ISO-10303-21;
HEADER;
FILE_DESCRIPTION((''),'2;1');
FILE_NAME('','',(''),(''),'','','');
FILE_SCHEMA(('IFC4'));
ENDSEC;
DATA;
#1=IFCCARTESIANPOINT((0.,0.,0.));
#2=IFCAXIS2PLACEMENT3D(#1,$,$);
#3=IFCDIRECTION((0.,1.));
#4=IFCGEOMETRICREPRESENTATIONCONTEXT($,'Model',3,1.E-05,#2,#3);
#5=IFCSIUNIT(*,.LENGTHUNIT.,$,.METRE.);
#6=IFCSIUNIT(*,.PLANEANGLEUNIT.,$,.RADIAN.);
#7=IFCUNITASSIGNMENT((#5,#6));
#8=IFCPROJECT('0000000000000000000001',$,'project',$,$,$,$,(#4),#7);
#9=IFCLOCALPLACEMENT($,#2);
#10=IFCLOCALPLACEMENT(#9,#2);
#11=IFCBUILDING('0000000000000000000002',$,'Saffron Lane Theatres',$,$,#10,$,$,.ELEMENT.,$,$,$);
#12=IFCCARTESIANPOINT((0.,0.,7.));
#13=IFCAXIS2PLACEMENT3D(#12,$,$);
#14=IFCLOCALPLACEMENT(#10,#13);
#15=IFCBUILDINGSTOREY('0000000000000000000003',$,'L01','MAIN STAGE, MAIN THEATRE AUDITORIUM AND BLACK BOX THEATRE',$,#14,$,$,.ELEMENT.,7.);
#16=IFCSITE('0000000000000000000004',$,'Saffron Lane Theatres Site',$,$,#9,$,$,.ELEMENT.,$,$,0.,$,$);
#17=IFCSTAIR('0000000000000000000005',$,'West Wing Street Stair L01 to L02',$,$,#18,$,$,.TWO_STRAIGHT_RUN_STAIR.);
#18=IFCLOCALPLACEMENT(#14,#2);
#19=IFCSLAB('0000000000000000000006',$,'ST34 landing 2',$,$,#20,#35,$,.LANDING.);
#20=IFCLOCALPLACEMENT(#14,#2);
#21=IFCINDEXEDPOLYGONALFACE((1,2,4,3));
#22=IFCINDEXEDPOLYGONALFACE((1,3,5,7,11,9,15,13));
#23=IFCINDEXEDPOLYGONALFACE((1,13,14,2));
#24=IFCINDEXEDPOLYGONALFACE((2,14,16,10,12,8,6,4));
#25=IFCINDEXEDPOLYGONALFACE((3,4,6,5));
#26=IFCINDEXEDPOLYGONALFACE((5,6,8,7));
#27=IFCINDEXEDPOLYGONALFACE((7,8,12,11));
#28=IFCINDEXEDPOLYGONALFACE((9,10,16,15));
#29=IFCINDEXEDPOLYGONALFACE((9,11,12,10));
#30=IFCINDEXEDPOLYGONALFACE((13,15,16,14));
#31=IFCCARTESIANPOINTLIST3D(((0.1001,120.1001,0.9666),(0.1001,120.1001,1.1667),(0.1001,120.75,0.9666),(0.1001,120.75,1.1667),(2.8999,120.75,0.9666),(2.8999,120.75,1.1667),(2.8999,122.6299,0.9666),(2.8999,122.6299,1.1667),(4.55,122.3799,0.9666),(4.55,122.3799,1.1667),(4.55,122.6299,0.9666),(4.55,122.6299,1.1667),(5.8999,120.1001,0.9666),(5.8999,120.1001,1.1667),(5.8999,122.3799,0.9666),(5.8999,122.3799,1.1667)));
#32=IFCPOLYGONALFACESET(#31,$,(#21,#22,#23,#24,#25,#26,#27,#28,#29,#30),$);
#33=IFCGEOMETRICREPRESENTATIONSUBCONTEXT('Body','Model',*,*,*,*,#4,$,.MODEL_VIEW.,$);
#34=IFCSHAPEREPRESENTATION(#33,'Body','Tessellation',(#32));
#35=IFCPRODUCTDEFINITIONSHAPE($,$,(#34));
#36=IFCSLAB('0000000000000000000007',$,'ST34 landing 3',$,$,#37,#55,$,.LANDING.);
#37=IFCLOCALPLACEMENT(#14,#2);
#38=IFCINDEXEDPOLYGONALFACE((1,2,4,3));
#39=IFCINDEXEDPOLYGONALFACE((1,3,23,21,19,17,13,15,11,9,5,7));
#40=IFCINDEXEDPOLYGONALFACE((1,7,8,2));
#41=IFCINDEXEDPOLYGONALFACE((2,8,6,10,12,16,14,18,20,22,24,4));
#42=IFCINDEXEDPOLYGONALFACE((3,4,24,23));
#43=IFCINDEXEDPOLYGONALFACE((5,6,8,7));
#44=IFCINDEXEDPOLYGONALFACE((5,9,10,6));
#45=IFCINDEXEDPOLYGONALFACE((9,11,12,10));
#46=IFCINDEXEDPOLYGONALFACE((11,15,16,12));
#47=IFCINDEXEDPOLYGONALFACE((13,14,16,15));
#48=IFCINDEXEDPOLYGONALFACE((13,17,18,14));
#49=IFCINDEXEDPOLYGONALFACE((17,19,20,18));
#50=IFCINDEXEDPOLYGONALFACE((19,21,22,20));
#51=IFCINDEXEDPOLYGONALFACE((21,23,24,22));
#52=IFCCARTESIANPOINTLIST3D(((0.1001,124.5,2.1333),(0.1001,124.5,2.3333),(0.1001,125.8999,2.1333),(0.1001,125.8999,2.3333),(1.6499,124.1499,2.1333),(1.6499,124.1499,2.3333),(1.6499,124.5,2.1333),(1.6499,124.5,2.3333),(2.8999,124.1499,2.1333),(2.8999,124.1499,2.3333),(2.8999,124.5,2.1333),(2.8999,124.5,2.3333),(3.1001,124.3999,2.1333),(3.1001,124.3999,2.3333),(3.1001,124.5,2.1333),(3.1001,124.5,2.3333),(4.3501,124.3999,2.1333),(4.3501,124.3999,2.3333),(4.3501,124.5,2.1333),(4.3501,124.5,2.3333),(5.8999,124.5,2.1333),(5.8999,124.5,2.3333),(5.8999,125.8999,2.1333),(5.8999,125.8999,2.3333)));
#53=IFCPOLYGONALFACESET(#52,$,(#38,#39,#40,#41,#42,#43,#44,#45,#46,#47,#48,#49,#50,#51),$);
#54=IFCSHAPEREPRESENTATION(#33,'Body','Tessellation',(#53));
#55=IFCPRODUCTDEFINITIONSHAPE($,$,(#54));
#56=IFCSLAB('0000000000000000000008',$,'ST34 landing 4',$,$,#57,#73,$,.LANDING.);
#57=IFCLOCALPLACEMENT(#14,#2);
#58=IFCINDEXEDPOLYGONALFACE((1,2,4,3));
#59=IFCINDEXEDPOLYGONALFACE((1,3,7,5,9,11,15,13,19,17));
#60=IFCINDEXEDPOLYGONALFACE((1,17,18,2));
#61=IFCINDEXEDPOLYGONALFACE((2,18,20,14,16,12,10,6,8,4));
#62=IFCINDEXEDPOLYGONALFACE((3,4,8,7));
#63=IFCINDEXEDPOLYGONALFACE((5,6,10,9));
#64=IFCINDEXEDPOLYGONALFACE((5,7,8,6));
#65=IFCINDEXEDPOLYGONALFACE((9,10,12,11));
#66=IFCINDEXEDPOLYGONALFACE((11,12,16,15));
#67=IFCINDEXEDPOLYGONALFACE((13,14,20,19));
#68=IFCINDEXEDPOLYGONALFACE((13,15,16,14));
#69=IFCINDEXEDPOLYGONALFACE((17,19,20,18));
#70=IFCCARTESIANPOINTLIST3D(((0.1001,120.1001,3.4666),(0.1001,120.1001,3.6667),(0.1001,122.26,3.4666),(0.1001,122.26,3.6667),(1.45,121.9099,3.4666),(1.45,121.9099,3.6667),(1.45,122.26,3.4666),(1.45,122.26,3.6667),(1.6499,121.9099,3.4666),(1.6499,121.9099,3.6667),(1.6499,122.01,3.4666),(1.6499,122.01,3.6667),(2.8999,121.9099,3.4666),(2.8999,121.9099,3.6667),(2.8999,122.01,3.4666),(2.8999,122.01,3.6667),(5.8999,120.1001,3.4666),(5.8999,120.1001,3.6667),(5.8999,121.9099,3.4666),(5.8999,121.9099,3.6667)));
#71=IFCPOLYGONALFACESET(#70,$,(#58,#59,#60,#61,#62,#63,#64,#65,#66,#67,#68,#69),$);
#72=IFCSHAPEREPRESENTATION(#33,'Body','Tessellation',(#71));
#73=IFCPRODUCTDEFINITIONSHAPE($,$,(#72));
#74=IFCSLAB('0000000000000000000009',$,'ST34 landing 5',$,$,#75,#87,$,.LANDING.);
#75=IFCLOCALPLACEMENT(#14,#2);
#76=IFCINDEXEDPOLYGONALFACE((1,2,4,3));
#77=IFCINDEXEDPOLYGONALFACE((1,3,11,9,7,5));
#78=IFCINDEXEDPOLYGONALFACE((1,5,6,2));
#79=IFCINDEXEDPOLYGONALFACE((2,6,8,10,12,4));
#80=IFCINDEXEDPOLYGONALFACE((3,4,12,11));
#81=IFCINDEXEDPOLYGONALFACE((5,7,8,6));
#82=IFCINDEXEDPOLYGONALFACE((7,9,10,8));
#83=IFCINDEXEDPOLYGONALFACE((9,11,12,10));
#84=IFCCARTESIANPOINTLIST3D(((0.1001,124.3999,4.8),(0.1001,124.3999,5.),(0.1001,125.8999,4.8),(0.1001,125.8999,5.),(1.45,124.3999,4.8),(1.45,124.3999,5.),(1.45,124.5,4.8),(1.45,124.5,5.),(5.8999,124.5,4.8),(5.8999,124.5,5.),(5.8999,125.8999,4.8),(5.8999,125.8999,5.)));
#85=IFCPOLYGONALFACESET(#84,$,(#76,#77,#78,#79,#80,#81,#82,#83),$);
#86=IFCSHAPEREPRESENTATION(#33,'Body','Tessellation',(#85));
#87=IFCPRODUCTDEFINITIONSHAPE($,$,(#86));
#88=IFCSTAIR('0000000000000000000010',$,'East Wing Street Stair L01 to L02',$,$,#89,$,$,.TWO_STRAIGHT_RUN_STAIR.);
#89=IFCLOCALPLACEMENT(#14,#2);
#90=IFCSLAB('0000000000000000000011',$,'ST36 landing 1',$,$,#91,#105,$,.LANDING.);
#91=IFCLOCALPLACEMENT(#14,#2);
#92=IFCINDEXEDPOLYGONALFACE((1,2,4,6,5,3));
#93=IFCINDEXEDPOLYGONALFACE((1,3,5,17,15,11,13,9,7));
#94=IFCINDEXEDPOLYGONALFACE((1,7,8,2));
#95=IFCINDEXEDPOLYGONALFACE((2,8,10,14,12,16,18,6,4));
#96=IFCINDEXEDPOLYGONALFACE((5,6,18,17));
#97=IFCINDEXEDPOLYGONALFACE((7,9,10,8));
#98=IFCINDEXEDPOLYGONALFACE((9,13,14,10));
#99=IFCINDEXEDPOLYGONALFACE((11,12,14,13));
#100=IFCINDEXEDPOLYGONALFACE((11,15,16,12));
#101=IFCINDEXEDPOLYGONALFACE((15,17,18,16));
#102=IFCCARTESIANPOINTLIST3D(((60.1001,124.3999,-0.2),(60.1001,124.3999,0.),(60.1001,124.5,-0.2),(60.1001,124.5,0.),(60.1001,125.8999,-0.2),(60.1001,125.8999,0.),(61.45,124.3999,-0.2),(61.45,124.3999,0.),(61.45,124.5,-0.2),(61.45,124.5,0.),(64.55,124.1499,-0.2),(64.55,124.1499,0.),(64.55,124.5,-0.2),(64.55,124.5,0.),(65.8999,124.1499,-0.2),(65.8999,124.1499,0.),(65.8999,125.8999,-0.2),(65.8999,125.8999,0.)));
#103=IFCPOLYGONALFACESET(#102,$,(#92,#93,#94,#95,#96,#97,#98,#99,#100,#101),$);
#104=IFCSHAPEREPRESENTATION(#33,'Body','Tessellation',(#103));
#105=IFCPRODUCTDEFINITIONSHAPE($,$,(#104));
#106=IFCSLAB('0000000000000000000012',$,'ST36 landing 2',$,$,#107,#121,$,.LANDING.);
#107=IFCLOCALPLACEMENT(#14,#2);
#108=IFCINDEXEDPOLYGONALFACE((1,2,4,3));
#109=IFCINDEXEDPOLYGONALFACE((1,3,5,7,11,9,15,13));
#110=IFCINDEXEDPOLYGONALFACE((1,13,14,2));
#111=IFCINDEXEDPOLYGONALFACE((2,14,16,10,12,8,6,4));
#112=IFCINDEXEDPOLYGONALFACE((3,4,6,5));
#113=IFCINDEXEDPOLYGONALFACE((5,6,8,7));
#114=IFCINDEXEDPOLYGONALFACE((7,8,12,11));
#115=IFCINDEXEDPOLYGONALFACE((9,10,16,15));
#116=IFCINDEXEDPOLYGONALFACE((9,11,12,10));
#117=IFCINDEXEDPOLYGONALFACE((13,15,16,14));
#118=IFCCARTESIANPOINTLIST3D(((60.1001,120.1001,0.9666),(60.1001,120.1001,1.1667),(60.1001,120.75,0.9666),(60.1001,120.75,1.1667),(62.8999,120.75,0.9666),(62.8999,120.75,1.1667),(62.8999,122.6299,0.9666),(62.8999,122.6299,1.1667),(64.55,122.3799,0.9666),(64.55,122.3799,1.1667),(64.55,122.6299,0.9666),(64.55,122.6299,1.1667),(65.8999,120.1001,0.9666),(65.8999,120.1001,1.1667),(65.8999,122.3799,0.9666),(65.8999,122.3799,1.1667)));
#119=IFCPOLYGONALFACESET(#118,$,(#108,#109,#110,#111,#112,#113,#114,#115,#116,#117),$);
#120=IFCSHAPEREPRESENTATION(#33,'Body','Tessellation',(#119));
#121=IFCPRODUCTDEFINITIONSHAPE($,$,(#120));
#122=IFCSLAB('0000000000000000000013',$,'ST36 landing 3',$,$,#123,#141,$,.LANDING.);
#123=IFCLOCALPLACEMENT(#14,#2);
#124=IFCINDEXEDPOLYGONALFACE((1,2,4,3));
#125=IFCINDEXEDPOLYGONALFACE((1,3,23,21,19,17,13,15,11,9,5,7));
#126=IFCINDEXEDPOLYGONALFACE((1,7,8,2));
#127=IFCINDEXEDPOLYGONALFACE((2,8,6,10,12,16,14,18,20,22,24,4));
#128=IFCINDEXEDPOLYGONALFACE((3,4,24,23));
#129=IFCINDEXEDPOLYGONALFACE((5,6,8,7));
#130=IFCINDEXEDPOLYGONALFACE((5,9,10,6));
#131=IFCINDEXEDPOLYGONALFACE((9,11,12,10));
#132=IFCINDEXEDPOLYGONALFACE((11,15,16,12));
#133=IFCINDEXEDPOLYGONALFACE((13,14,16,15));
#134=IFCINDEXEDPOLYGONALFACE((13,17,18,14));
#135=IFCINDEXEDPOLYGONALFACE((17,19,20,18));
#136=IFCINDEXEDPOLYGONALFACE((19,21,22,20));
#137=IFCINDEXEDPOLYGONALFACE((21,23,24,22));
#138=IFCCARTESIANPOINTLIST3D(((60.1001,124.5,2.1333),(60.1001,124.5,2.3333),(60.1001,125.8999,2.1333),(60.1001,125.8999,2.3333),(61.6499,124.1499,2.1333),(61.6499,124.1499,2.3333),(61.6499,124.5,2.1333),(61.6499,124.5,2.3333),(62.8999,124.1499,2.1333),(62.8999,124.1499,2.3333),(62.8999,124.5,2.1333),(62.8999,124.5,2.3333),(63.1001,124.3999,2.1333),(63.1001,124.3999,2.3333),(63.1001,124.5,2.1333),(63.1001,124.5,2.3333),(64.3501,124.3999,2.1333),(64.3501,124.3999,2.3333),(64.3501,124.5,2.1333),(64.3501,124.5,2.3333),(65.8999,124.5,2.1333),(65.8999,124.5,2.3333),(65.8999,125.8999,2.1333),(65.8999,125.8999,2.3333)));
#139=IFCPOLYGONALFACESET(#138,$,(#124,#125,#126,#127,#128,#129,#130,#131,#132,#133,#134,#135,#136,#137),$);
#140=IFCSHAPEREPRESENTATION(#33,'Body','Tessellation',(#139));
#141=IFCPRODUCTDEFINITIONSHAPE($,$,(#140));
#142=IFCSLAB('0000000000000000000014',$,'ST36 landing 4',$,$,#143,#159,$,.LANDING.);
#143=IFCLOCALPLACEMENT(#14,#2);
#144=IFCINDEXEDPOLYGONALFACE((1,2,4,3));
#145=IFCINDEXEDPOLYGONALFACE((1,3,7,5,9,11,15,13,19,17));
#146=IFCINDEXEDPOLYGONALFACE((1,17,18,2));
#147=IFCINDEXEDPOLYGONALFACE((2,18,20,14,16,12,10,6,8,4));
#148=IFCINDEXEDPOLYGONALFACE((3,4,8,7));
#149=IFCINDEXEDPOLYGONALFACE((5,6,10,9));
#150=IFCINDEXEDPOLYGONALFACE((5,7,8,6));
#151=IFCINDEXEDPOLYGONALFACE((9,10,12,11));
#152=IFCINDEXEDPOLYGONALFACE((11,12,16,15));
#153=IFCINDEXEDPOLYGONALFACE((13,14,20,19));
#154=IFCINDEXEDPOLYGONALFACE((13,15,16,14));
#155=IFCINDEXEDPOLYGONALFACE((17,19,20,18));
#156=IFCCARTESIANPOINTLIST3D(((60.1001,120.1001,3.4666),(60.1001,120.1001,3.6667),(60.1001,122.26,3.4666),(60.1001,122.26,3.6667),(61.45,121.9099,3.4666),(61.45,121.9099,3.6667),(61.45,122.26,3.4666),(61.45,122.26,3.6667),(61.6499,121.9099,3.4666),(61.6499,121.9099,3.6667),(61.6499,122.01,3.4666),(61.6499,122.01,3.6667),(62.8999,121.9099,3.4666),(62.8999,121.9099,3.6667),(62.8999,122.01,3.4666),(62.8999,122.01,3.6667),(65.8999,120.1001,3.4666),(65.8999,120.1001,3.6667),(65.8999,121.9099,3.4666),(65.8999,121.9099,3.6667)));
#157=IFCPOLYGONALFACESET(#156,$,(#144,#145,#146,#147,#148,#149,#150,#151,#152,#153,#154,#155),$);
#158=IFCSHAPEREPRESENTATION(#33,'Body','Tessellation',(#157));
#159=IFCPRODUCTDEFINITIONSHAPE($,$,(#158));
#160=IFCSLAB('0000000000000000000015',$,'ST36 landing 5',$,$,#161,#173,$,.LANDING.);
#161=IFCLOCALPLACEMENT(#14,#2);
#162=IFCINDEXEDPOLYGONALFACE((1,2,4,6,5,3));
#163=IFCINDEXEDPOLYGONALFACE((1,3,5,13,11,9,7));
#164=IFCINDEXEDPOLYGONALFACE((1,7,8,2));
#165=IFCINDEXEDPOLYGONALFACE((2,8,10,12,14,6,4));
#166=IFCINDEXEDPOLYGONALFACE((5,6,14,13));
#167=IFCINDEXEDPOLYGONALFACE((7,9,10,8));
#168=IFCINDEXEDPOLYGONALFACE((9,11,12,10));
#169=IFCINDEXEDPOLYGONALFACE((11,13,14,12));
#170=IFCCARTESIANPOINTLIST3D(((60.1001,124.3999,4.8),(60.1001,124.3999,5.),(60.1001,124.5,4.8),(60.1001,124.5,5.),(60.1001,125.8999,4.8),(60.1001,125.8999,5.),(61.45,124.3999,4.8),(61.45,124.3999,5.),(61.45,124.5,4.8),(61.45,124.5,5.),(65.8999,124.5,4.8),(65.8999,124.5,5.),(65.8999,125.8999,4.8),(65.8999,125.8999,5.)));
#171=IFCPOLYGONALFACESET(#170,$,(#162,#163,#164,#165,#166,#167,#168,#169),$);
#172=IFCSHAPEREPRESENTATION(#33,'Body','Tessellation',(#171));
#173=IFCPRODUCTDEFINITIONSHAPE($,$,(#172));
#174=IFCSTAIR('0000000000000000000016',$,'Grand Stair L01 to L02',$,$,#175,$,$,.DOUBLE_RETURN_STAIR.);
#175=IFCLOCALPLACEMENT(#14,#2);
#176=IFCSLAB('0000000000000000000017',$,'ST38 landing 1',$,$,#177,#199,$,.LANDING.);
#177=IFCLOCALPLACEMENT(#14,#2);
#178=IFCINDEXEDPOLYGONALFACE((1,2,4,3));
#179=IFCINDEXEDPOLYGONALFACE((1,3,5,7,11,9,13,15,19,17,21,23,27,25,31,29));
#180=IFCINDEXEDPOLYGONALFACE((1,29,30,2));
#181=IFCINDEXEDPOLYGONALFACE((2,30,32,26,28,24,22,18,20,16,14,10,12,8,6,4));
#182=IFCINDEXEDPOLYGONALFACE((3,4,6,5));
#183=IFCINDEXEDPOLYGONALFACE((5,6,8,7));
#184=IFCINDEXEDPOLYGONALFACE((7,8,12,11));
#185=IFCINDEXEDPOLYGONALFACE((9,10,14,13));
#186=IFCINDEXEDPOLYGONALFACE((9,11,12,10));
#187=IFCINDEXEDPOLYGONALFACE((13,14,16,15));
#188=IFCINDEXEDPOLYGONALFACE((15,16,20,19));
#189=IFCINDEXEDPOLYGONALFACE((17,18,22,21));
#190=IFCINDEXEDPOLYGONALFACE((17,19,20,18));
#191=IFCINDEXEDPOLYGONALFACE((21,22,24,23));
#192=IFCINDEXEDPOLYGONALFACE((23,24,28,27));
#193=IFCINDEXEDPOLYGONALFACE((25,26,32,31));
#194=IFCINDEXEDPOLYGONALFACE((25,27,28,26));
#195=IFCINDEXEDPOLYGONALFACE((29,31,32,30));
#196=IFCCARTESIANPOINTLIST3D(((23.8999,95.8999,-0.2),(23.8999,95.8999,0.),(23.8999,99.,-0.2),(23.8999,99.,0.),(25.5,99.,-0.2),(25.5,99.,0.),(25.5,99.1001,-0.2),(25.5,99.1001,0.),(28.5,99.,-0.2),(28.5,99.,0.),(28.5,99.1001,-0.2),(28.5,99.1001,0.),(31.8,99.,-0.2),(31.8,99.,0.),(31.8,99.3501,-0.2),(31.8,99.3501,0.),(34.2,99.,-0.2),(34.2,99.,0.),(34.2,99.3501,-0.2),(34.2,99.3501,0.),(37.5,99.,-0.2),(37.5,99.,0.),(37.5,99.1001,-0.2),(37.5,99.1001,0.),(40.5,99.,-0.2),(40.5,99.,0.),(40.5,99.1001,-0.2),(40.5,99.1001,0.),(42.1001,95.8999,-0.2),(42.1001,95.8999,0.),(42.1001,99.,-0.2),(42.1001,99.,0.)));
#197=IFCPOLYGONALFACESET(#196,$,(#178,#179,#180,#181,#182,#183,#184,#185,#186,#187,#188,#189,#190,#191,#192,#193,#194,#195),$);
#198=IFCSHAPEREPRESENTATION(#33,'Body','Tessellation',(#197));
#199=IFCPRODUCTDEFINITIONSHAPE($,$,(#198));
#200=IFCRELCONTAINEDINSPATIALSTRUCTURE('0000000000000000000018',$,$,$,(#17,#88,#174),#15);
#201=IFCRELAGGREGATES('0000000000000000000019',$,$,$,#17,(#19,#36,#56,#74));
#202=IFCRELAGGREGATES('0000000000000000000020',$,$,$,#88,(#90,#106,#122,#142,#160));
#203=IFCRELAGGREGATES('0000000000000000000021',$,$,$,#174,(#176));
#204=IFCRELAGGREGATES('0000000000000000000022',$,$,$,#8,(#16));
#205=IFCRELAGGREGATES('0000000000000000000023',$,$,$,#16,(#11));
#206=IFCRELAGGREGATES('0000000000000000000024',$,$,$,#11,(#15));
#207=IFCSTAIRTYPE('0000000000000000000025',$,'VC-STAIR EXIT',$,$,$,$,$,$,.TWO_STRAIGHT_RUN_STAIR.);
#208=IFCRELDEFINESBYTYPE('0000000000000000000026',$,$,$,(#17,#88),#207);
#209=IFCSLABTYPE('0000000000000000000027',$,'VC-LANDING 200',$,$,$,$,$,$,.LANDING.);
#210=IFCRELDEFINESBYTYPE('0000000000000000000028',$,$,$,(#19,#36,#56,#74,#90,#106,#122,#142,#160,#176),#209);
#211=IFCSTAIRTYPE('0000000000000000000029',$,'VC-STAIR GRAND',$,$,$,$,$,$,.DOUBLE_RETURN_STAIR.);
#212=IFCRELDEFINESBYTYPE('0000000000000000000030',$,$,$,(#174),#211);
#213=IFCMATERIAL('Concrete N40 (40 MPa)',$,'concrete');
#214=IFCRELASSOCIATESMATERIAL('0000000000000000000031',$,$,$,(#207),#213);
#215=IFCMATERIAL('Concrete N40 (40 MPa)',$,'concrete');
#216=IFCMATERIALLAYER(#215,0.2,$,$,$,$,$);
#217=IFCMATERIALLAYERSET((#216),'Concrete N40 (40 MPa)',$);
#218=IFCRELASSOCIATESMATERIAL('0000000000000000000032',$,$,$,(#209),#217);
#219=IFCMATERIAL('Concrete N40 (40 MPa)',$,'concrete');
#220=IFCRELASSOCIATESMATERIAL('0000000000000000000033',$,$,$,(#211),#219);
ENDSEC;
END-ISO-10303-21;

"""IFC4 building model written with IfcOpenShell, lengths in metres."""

from ifc_helpers import new_model, si_unit, direction, frame, origin, place, context, subcontext, project, spatial, polyline, outline, extrude, material, layer, layer_set, type_object, element, aggregate, save


model = new_model("IFC4")

# Units and contexts
model_context = context("Model", 3, precision=1e-05, world=origin(), true_north=direction((0.0, 1.0)))
body_context = subcontext(model_context, "Body", "Model", "MODEL_VIEW")
ifc_project = project(units=[si_unit("LENGTHUNIT", "METRE"), si_unit("PLANEANGLEUNIT", "RADIAN")], contexts=[model_context])

# Site, building, storey
site_placement = place(None, origin())
site = spatial("IfcSite", under=ifc_project, at=site_placement, Name="Saffron Lane Theatres Site", CompositionType="ELEMENT", RefElevation=0.0)
building_placement = place(site_placement, origin())
building = spatial("IfcBuilding", under=site, at=building_placement, Name="Saffron Lane Theatres", CompositionType="ELEMENT")
storey_placement = place(building_placement, frame((0.0, 0.0, 7.0)))
storey = spatial("IfcBuildingStorey", under=building, at=storey_placement, Name="L01", Description="MAIN STAGE, MAIN THEATRE AUDITORIUM AND BLACK BOX THEATRE", CompositionType="ELEMENT", Elevation=7.0)

# Stairs, slabs
ifc_material_1 = material(Name="Concrete N40 (40 MPa)", Category="concrete")
stair_type_1 = type_object("IfcStairType", Name="VC-STAIR EXIT", PredefinedType="TWO_STRAIGHT_RUN_STAIR", material=ifc_material_1)
ifc_material_2 = material(Name="Concrete N40 (40 MPa)", Category="concrete")
ifc_layer = layer(ifc_material_2, 0.2)
ifc_layer_set = layer_set([ifc_layer], Name="Concrete N40 (40 MPa)")
slab_type = type_object("IfcSlabType", Name="VC-LANDING 200", PredefinedType="LANDING", material=ifc_layer_set)
stair_1_placement = place(storey_placement, origin())
stair_1 = element("IfcStair", 1, at=stair_1_placement, inside=storey, type_object=stair_type_1, Name="West Wing Street Stair L01 to L02", PredefinedType="TWO_STRAIGHT_RUN_STAIR")
slab_1_placement = place(storey_placement, frame((0.0, 0.0, 0.9666)))
slab_1 = element("IfcSlab", 2, at=slab_1_placement, type_object=slab_type, Name="ST34 landing 2", PredefinedType="LANDING", context=body_context, shape_type="SweptSolid", body=[
    extrude(outline(polyline([(2.8999, 122.6299), (4.55, 122.6299), (4.55, 122.3799), (5.8999, 122.3799), (5.8999, 120.1001), (0.1001, 120.1001), (0.1001, 120.75), (2.8999, 120.75), (2.8999, 122.6299)])), origin(), (0.0, 0.0, 1.0), 0.2002),
])
slab_2_placement = place(storey_placement, frame((0.0, 0.0, 2.1333)))
slab_2 = element("IfcSlab", 3, at=slab_2_placement, type_object=slab_type, Name="ST34 landing 3", PredefinedType="LANDING", context=body_context, shape_type="SweptSolid", body=[
    extrude(outline(polyline([(0.1001, 124.5), (0.1001, 125.8999), (5.8999, 125.8999), (5.8999, 124.5), (4.3501, 124.5), (4.3501, 124.3999), (3.1001, 124.3999), (3.1001, 124.5), (2.8999, 124.5), (2.8999, 124.1499), (1.6499, 124.1499), (1.6499, 124.5), (0.1001, 124.5)])), origin(), (0.0, 0.0, 1.0), 0.2),
])
slab_3_placement = place(storey_placement, frame((0.0, 0.0, 3.4666)))
slab_3 = element("IfcSlab", 4, at=slab_3_placement, type_object=slab_type, Name="ST34 landing 4", PredefinedType="LANDING", context=body_context, shape_type="SweptSolid", body=[
    extrude(outline(polyline([(1.45, 121.9099), (1.6499, 121.9099), (1.6499, 122.01), (2.8999, 122.01), (2.8999, 121.9099), (5.8999, 121.9099), (5.8999, 120.1001), (0.1001, 120.1001), (0.1001, 122.26), (1.45, 122.26), (1.45, 121.9099)])), origin(), (0.0, 0.0, 1.0), 0.2002),
])
slab_4_placement = place(storey_placement, frame((0.0, 0.0, 4.8)))
slab_4 = element("IfcSlab", 5, at=slab_4_placement, type_object=slab_type, Name="ST34 landing 5", PredefinedType="LANDING", context=body_context, shape_type="SweptSolid", body=[
    extrude(outline(polyline([(0.1001, 125.8999), (5.8999, 125.8999), (5.8999, 124.5), (1.45, 124.5), (1.45, 124.3999), (0.1001, 124.3999), (0.1001, 125.8999)])), origin(), (0.0, 0.0, 1.0), 0.2),
])
aggregate(stair_1, [slab_1, slab_2, slab_3, slab_4])
stair_2_placement = place(storey_placement, origin())
stair_2 = element("IfcStair", 6, at=stair_2_placement, inside=storey, type_object=stair_type_1, Name="East Wing Street Stair L01 to L02", PredefinedType="TWO_STRAIGHT_RUN_STAIR")
slab_5_placement = place(storey_placement, frame((0.0, 0.0, -0.2)))
slab_5 = element("IfcSlab", 7, at=slab_5_placement, type_object=slab_type, Name="ST36 landing 1", PredefinedType="LANDING", context=body_context, shape_type="SweptSolid", body=[
    extrude(outline(polyline([(60.1001, 125.8999), (65.8999, 125.8999), (65.8999, 124.1499), (64.55, 124.1499), (64.55, 124.5), (61.45, 124.5), (61.45, 124.3999), (60.1001, 124.3999), (60.1001, 124.5), (60.1001, 124.5), (60.1001, 125.8999)])), origin(), (0.0, 0.0, 1.0), 0.2),
])
slab_6_placement = place(storey_placement, frame((0.0, 0.0, 0.9666)))
slab_6 = element("IfcSlab", 8, at=slab_6_placement, type_object=slab_type, Name="ST36 landing 2", PredefinedType="LANDING", context=body_context, shape_type="SweptSolid", body=[
    extrude(outline(polyline([(62.8999, 122.6299), (64.55, 122.6299), (64.55, 122.3799), (65.8999, 122.3799), (65.8999, 120.1001), (60.1001, 120.1001), (60.1001, 120.75), (62.8999, 120.75), (62.8999, 122.6299)])), origin(), (0.0, 0.0, 1.0), 0.2002),
])
slab_7_placement = place(storey_placement, frame((0.0, 0.0, 2.1333)))
slab_7 = element("IfcSlab", 9, at=slab_7_placement, type_object=slab_type, Name="ST36 landing 3", PredefinedType="LANDING", context=body_context, shape_type="SweptSolid", body=[
    extrude(outline(polyline([(60.1001, 124.5), (60.1001, 125.8999), (65.8999, 125.8999), (65.8999, 124.5), (64.3501, 124.5), (64.3501, 124.3999), (63.1001, 124.3999), (63.1001, 124.5), (62.8999, 124.5), (62.8999, 124.1499), (61.6499, 124.1499), (61.6499, 124.5), (60.1001, 124.5)])), origin(), (0.0, 0.0, 1.0), 0.2),
])
slab_8_placement = place(storey_placement, frame((0.0, 0.0, 3.4666)))
slab_8 = element("IfcSlab", 10, at=slab_8_placement, type_object=slab_type, Name="ST36 landing 4", PredefinedType="LANDING", context=body_context, shape_type="SweptSolid", body=[
    extrude(outline(polyline([(61.45, 121.9099), (61.6499, 121.9099), (61.6499, 122.01), (62.8999, 122.01), (62.8999, 121.9099), (65.8999, 121.9099), (65.8999, 120.1001), (60.1001, 120.1001), (60.1001, 122.26), (61.45, 122.26), (61.45, 121.9099)])), origin(), (0.0, 0.0, 1.0), 0.2002),
])
slab_9_placement = place(storey_placement, frame((0.0, 0.0, 4.8)))
slab_9 = element("IfcSlab", 11, at=slab_9_placement, type_object=slab_type, Name="ST36 landing 5", PredefinedType="LANDING", context=body_context, shape_type="SweptSolid", body=[
    extrude(outline(polyline([(60.1001, 125.8999), (65.8999, 125.8999), (65.8999, 124.5), (61.45, 124.5), (61.45, 124.3999), (60.1001, 124.3999), (60.1001, 124.5), (60.1001, 124.5), (60.1001, 125.8999)])), origin(), (0.0, 0.0, 1.0), 0.2),
])
aggregate(stair_2, [slab_5, slab_6, slab_7, slab_8, slab_9])
ifc_material_3 = material(Name="Concrete N40 (40 MPa)", Category="concrete")
stair_type_2 = type_object("IfcStairType", Name="VC-STAIR GRAND", PredefinedType="DOUBLE_RETURN_STAIR", material=ifc_material_3)
stair_3_placement = place(storey_placement, origin())
stair_3 = element("IfcStair", 12, at=stair_3_placement, inside=storey, type_object=stair_type_2, Name="Grand Stair L01 to L02", PredefinedType="DOUBLE_RETURN_STAIR")
slab_10_placement = place(storey_placement, frame((0.0, 0.0, -0.2)))
slab_10 = element("IfcSlab", 13, at=slab_10_placement, type_object=slab_type, Name="ST38 landing 1", PredefinedType="LANDING", context=body_context, shape_type="SweptSolid", body=[
    extrude(outline(polyline([(42.1001, 95.8999), (23.8999, 95.8999), (23.8999, 99.0), (25.5, 99.0), (25.5, 99.1001), (28.5, 99.1001), (28.5, 99.0), (31.8, 99.0), (31.8, 99.3501), (34.2, 99.3501), (34.2, 99.0), (37.5, 99.0), (37.5, 99.1001), (40.5, 99.1001), (40.5, 99.0), (42.1001, 99.0), (42.1001, 95.8999)])), origin(), (0.0, 0.0, 1.0), 0.2),
])
aggregate(stair_3, [slab_10])

save(model, "model.ifc")
